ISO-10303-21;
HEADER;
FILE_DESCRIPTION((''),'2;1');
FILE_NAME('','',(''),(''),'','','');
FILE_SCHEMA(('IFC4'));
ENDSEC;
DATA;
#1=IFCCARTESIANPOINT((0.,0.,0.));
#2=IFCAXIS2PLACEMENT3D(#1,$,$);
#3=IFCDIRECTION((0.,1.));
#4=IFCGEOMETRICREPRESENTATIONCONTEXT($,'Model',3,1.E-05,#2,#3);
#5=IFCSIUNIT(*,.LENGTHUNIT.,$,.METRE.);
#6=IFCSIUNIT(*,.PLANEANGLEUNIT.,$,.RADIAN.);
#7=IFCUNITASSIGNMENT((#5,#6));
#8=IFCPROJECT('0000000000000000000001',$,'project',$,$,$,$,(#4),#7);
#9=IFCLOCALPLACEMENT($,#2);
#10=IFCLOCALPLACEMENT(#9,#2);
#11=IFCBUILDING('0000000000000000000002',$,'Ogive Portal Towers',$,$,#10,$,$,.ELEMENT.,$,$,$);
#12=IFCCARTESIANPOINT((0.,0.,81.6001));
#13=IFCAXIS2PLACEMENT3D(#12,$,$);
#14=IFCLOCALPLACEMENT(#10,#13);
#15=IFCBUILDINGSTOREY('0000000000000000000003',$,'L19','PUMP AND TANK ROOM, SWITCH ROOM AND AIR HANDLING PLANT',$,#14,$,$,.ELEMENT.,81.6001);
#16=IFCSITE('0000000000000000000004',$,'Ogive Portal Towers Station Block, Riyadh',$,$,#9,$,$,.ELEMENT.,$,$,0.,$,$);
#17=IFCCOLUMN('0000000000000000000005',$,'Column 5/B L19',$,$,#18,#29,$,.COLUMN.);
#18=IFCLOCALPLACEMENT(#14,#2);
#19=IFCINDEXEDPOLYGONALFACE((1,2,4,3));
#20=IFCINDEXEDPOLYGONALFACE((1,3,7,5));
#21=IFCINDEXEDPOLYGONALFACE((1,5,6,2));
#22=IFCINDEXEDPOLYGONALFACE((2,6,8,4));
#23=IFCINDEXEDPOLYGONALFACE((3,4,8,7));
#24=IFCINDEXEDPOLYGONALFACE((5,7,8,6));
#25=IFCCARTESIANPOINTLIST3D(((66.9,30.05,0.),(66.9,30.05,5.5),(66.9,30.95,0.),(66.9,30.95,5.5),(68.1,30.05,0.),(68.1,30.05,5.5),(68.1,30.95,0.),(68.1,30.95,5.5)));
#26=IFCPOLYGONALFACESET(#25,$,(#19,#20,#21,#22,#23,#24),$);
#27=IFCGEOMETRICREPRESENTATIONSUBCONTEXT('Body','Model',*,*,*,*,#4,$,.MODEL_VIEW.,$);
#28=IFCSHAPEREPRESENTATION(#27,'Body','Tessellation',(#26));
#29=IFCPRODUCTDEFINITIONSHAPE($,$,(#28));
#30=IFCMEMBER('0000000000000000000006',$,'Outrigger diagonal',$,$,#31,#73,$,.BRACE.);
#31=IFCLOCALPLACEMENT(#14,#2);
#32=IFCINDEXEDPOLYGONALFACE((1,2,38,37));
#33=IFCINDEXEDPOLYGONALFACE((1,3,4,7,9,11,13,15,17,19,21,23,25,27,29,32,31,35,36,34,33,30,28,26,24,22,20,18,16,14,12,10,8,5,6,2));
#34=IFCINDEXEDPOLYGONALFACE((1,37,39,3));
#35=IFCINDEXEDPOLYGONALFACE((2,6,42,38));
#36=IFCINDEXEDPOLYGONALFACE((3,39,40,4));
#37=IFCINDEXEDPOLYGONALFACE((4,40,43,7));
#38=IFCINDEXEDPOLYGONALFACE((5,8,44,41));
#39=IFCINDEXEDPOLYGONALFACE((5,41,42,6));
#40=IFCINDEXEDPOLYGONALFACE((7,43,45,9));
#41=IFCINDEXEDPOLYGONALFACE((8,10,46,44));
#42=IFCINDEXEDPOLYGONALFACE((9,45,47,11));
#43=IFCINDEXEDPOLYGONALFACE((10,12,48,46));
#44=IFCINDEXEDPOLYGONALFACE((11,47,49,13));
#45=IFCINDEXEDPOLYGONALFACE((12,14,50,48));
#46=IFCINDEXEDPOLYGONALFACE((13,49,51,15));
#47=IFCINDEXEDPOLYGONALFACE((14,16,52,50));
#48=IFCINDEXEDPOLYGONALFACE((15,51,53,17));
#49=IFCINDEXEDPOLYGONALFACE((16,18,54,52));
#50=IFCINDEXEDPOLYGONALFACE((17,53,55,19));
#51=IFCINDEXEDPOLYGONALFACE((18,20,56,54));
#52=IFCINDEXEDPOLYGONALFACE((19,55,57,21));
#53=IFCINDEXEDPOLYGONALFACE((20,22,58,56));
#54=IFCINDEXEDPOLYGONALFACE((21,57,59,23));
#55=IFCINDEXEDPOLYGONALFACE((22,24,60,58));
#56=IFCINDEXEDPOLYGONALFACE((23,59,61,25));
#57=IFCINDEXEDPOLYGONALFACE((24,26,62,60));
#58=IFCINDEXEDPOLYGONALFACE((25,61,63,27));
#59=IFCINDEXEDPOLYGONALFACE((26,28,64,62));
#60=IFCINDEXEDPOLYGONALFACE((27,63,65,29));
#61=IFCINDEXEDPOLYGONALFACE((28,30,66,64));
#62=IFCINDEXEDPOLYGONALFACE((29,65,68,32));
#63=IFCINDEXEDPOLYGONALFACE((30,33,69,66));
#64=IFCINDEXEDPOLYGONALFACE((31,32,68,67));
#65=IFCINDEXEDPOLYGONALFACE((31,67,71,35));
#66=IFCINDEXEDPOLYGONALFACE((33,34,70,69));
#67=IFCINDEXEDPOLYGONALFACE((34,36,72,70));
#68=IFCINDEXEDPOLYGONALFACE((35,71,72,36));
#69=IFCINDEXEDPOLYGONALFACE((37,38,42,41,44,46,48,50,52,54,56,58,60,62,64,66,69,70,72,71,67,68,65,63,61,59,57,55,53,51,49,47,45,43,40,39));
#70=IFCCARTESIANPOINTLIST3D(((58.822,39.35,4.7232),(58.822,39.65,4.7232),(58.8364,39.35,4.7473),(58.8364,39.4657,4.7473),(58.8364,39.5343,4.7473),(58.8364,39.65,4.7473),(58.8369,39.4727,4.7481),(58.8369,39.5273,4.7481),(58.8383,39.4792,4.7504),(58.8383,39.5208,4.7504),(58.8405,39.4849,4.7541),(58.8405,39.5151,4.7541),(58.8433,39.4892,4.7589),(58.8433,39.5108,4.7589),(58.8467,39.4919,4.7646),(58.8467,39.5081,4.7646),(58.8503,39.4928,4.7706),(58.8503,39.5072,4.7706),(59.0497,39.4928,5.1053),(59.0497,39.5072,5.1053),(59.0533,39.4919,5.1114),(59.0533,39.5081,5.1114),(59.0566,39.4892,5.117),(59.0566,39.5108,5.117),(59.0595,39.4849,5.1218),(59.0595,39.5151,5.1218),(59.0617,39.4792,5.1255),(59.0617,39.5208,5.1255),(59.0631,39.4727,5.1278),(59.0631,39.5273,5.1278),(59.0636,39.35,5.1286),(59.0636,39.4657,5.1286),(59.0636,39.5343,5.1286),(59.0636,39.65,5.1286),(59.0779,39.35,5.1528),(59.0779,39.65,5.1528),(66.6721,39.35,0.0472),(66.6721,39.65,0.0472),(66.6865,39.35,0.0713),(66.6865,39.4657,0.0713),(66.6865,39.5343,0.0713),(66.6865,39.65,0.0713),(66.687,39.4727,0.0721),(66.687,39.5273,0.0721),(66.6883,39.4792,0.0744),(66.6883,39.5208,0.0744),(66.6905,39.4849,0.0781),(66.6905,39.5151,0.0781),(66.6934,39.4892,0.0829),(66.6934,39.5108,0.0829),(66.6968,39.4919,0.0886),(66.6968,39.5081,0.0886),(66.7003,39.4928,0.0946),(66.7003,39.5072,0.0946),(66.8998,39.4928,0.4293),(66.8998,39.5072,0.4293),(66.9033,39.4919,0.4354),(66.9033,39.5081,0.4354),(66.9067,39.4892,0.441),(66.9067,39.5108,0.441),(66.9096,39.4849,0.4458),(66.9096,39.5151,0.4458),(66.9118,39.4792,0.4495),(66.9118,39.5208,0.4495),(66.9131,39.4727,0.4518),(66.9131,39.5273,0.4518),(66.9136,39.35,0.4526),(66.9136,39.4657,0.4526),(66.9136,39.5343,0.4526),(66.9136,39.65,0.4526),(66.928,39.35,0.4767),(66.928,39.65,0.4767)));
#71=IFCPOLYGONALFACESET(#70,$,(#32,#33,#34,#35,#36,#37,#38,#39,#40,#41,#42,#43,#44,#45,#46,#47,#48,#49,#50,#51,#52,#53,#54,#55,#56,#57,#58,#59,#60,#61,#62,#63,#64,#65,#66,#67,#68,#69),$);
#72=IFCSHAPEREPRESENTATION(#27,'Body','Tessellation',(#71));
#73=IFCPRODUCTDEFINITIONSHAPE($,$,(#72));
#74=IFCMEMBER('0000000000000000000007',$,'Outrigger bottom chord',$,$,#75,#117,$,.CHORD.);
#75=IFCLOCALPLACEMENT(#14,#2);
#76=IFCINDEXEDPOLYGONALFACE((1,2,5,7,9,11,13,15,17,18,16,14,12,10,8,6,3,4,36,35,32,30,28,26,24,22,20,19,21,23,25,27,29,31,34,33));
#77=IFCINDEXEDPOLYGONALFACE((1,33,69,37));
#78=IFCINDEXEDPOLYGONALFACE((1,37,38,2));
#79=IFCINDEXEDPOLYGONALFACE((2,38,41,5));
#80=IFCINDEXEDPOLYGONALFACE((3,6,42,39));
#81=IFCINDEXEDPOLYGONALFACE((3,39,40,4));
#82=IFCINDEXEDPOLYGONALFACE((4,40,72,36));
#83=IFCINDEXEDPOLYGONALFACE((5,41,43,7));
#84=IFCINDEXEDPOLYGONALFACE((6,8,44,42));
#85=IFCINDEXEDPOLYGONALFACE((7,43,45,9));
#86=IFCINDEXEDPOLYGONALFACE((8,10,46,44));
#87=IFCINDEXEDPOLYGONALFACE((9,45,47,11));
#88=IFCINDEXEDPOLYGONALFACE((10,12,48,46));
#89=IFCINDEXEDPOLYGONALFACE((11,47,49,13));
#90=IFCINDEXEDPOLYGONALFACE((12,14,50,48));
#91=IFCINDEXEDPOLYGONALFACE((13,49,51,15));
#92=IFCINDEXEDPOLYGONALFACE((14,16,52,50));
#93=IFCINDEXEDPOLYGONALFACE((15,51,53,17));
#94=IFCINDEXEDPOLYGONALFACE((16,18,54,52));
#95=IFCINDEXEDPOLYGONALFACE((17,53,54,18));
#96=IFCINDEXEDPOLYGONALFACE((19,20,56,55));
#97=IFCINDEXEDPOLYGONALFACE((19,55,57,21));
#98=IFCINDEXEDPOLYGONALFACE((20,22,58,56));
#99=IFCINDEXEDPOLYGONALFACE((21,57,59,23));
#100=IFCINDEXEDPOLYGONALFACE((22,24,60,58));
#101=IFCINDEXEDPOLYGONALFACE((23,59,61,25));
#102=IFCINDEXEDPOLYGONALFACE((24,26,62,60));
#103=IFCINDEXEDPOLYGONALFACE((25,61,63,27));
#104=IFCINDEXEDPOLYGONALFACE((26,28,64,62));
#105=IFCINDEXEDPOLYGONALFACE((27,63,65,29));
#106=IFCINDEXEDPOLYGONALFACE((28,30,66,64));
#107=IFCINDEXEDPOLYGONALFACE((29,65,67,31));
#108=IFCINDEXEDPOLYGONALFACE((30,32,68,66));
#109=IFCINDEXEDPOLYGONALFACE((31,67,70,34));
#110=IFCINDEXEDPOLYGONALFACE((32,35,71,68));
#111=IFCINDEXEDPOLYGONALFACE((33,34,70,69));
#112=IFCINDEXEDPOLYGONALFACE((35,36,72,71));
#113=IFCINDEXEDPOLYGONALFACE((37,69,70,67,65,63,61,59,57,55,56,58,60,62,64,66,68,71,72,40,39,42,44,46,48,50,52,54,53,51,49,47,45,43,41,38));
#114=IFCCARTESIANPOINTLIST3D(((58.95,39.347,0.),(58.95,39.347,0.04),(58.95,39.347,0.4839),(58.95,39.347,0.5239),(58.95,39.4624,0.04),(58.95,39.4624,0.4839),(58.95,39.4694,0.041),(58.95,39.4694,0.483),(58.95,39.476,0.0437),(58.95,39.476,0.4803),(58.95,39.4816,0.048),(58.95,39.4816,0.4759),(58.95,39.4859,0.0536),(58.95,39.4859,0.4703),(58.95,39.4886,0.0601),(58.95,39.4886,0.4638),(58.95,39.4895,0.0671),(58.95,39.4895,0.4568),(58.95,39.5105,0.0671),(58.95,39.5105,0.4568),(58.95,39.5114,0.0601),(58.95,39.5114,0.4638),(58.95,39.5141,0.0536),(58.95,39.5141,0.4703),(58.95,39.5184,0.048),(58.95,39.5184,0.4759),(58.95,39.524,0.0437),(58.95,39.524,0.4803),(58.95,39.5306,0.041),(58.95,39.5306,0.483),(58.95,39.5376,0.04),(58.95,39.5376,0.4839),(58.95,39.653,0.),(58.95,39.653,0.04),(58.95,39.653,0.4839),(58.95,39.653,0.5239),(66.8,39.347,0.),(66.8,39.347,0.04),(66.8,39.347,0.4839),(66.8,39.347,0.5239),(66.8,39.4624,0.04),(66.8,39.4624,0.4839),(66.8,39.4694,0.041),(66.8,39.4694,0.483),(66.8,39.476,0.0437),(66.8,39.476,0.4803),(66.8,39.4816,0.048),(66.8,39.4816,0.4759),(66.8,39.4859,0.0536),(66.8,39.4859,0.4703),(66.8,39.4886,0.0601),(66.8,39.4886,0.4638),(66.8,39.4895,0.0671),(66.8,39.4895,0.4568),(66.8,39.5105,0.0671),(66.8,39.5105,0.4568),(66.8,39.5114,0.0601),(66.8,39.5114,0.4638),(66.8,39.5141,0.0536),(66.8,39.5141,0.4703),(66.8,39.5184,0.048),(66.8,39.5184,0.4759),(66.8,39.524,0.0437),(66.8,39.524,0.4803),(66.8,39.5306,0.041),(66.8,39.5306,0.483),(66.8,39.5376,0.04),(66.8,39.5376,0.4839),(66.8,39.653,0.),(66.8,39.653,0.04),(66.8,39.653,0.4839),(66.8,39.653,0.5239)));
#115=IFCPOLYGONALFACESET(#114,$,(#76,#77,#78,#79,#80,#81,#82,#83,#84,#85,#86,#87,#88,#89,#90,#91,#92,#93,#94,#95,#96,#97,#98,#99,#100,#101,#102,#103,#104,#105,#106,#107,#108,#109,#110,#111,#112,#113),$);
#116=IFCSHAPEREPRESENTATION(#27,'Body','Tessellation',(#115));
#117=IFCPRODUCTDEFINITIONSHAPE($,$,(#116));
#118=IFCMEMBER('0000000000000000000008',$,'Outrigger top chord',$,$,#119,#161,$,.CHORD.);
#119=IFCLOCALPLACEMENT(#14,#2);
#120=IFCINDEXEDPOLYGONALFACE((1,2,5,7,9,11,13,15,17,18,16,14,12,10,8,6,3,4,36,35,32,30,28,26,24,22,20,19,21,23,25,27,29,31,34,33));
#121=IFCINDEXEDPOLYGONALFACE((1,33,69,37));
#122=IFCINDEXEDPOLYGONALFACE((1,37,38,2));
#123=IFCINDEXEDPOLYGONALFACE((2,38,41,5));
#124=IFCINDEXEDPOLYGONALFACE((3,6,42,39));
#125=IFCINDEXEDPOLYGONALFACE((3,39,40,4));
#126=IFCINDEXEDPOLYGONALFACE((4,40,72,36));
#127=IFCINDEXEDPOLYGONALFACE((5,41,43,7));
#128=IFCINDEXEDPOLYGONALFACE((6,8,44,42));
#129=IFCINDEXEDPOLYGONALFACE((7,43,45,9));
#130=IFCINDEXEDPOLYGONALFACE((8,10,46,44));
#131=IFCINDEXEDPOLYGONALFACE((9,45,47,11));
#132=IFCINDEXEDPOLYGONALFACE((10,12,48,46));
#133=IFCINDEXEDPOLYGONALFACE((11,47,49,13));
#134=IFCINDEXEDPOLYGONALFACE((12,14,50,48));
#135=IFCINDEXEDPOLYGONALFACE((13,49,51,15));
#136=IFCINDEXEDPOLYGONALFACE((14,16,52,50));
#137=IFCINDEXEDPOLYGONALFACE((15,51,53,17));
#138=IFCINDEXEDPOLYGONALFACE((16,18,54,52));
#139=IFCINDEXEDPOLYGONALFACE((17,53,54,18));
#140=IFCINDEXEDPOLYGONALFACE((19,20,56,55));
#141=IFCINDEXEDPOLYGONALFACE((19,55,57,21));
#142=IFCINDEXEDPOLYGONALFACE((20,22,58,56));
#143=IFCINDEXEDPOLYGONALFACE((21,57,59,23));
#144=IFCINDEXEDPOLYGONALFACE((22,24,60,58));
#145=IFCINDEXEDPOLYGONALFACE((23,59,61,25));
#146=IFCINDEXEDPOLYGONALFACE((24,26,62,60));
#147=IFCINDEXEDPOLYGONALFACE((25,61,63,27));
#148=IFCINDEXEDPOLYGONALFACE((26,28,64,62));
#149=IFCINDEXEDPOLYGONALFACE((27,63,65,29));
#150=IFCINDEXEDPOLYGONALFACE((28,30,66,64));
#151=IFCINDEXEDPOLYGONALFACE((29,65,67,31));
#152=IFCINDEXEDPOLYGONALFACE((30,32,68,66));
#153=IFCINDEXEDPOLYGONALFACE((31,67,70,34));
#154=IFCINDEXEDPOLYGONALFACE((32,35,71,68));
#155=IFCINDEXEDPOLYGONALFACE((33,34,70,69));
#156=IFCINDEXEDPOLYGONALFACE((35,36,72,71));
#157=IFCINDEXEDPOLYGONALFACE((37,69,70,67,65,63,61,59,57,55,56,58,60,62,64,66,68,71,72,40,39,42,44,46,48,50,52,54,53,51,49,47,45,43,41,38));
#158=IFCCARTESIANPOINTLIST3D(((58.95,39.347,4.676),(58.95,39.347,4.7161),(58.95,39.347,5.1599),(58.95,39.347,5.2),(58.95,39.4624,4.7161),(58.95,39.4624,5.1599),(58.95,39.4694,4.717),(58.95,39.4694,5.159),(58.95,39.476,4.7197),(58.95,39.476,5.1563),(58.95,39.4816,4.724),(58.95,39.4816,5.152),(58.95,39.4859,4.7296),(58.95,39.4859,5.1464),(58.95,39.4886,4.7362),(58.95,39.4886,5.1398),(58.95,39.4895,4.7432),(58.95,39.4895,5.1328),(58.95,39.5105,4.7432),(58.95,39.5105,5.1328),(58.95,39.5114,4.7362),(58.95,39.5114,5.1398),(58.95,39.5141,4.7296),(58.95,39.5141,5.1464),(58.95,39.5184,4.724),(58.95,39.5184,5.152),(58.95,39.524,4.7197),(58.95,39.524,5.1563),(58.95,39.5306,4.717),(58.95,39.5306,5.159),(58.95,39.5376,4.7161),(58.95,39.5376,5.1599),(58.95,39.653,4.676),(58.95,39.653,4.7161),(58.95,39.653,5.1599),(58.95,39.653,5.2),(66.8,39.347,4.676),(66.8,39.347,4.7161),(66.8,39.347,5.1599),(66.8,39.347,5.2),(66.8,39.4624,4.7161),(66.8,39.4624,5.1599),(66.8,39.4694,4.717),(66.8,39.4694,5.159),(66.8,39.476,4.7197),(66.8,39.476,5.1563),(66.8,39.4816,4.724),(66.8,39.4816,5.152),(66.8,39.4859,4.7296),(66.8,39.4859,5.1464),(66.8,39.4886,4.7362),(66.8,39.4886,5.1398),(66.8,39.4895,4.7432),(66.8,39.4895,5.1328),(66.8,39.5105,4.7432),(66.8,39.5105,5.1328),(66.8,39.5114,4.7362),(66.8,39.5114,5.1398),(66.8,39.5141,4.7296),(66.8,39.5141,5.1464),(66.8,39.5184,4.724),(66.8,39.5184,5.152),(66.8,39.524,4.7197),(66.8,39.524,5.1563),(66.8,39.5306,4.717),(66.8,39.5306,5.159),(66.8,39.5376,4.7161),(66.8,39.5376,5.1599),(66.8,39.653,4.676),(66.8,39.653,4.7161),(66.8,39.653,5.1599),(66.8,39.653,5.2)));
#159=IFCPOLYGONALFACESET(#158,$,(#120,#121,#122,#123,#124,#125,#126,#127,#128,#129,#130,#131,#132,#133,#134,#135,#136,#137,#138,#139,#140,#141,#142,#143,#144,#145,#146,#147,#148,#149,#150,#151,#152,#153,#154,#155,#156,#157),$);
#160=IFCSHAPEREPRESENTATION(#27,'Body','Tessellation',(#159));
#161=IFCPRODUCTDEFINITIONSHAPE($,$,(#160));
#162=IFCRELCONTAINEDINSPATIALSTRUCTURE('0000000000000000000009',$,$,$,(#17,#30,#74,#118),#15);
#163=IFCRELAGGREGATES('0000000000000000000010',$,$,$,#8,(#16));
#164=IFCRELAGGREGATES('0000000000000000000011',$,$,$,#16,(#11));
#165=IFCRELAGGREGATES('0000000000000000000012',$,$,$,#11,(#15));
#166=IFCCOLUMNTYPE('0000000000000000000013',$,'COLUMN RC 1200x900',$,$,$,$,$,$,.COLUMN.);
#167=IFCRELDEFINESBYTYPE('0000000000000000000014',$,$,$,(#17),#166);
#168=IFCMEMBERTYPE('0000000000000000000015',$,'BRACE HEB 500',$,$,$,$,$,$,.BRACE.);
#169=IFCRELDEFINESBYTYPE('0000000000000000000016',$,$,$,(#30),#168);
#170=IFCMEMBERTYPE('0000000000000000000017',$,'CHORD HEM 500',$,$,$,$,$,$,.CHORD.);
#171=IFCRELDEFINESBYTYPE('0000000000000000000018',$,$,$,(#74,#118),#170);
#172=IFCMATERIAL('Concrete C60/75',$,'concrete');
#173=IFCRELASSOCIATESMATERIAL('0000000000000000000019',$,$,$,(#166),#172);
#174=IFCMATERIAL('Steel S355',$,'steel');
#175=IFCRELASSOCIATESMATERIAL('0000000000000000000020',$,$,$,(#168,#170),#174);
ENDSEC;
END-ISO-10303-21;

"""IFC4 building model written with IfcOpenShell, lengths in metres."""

from ifc_helpers import new_model, si_unit, direction, frame, origin, origin_2d, place, context, subcontext, project, spatial, rectangle, i_section, extrude, material, material_profile, profile_set, type_object, element, save


model = new_model("IFC4")

# Units and contexts
model_context = context("Model", 3, precision=1e-05, world=origin(), true_north=direction((0.0, 1.0)))
body_context = subcontext(model_context, "Body", "Model", "MODEL_VIEW")
ifc_project = project(units=[si_unit("LENGTHUNIT", "METRE"), si_unit("PLANEANGLEUNIT", "RADIAN")], contexts=[model_context])

# Site, building, storey
site_placement = place(None, origin())
site = spatial("IfcSite", under=ifc_project, at=site_placement, Name="Ogive Portal Towers Station Block, Riyadh", CompositionType="ELEMENT", RefElevation=0.0)
building_placement = place(site_placement, origin())
building = spatial("IfcBuilding", under=site, at=building_placement, Name="Ogive Portal Towers", CompositionType="ELEMENT")
storey_placement = place(building_placement, frame((0.0, 0.0, 81.6001)))
storey = spatial("IfcBuildingStorey", under=building, at=storey_placement, Name="L19", Description="PUMP AND TANK ROOM, SWITCH ROOM AND AIR HANDLING PLANT", CompositionType="ELEMENT", Elevation=81.6001)

# Column
ifc_material_1 = material(Name="Concrete C60/75", Category="concrete")
ifc_material_profile_1 = material_profile(ifc_material_1, rectangle(XDim=1.2, YDim=0.8999, at=origin_2d()), Name="RC 1200x900")
ifc_profile_set_1 = profile_set([ifc_material_profile_1], Name="Concrete C60/75")
column_type = type_object("IfcColumnType", Name="COLUMN RC 1200x900", PredefinedType="COLUMN", material=ifc_profile_set_1)
column_placement = place(storey_placement, frame((67.5, 30.5, 0.0), z_axis=(0.0, 0.0, 1.0), x_axis=(1.0, 0.0, 0.0)))
element("IfcColumn", 1, at=column_placement, inside=storey, type_object=column_type, Name="Column 5/B L19", PredefinedType="COLUMN", context=body_context, shape_type="SweptSolid", body=[
    extrude(rectangle(XDim=1.2, YDim=0.8999, at=origin_2d()), origin(), (0.0, 0.0, 1.0), 5.5),
])

# Members
ifc_material_2 = material(Name="Steel S355", Category="steel")
ifc_material_profile_2 = material_profile(ifc_material_2, i_section(OverallWidth=0.3, OverallDepth=0.5, WebThickness=0.0144, FlangeThickness=0.0281, FilletRadius=0.0271, at=origin_2d()), Name="HEB 500")
ifc_profile_set_2 = profile_set([ifc_material_profile_2], Name="Steel S355")
member_type_1 = type_object("IfcMemberType", Name="BRACE HEB 500", PredefinedType="BRACE", material=ifc_profile_set_2)
member_placement = place(storey_placement, frame((66.8, 39.5, 0.262), z_axis=(-0.859132, 0.0, 0.511754), x_axis=(0.0, -1.0, 0.0)))
element("IfcMember", 2, at=member_placement, inside=storey, type_object=member_type_1, Name="Outrigger diagonal", PredefinedType="BRACE", context=body_context, shape_type="SweptSolid", body=[
    extrude(i_section(OverallWidth=0.3, OverallDepth=0.5, WebThickness=0.0144, FlangeThickness=0.0281, FilletRadius=0.0271, at=origin_2d()), origin(), (0.0, 0.0, 1.0), 9.1372),
])
ifc_material_profile_3 = material_profile(ifc_material_2, i_section(OverallWidth=0.3059, OverallDepth=0.5239, WebThickness=0.021, FlangeThickness=0.04, FilletRadius=0.0271, at=origin_2d()), Name="HEM 500")
ifc_profile_set_3 = profile_set([ifc_material_profile_3], Name="Steel S355")
member_type_2 = type_object("IfcMemberType", Name="CHORD HEM 500", PredefinedType="CHORD", material=ifc_profile_set_3)
for number, where, z_axis, x_axis, name in (
    (3, (66.8, 39.5, 0.262), (-1.0, 0.0, 0.0), (0.0, -1.0, 0.0), "Outrigger bottom chord"),
    (4, (66.8, 39.5, 4.938), (-1.0, 0.0, 0.0), (0.0, -1.0, 0.0), "Outrigger top chord"),
):
    element("IfcMember", number, at=place(storey_placement, frame(where, z_axis=z_axis, x_axis=x_axis)), inside=storey, type_object=member_type_2, Name=name, PredefinedType="CHORD", context=body_context, shape_type="SweptSolid", body=[
        extrude(i_section(OverallWidth=0.3059, OverallDepth=0.5239, WebThickness=0.021, FlangeThickness=0.04, FilletRadius=0.0271, at=origin_2d()), origin(), (0.0, 0.0, 1.0), 7.8501),
    ])

save(model, "model.ifc")
